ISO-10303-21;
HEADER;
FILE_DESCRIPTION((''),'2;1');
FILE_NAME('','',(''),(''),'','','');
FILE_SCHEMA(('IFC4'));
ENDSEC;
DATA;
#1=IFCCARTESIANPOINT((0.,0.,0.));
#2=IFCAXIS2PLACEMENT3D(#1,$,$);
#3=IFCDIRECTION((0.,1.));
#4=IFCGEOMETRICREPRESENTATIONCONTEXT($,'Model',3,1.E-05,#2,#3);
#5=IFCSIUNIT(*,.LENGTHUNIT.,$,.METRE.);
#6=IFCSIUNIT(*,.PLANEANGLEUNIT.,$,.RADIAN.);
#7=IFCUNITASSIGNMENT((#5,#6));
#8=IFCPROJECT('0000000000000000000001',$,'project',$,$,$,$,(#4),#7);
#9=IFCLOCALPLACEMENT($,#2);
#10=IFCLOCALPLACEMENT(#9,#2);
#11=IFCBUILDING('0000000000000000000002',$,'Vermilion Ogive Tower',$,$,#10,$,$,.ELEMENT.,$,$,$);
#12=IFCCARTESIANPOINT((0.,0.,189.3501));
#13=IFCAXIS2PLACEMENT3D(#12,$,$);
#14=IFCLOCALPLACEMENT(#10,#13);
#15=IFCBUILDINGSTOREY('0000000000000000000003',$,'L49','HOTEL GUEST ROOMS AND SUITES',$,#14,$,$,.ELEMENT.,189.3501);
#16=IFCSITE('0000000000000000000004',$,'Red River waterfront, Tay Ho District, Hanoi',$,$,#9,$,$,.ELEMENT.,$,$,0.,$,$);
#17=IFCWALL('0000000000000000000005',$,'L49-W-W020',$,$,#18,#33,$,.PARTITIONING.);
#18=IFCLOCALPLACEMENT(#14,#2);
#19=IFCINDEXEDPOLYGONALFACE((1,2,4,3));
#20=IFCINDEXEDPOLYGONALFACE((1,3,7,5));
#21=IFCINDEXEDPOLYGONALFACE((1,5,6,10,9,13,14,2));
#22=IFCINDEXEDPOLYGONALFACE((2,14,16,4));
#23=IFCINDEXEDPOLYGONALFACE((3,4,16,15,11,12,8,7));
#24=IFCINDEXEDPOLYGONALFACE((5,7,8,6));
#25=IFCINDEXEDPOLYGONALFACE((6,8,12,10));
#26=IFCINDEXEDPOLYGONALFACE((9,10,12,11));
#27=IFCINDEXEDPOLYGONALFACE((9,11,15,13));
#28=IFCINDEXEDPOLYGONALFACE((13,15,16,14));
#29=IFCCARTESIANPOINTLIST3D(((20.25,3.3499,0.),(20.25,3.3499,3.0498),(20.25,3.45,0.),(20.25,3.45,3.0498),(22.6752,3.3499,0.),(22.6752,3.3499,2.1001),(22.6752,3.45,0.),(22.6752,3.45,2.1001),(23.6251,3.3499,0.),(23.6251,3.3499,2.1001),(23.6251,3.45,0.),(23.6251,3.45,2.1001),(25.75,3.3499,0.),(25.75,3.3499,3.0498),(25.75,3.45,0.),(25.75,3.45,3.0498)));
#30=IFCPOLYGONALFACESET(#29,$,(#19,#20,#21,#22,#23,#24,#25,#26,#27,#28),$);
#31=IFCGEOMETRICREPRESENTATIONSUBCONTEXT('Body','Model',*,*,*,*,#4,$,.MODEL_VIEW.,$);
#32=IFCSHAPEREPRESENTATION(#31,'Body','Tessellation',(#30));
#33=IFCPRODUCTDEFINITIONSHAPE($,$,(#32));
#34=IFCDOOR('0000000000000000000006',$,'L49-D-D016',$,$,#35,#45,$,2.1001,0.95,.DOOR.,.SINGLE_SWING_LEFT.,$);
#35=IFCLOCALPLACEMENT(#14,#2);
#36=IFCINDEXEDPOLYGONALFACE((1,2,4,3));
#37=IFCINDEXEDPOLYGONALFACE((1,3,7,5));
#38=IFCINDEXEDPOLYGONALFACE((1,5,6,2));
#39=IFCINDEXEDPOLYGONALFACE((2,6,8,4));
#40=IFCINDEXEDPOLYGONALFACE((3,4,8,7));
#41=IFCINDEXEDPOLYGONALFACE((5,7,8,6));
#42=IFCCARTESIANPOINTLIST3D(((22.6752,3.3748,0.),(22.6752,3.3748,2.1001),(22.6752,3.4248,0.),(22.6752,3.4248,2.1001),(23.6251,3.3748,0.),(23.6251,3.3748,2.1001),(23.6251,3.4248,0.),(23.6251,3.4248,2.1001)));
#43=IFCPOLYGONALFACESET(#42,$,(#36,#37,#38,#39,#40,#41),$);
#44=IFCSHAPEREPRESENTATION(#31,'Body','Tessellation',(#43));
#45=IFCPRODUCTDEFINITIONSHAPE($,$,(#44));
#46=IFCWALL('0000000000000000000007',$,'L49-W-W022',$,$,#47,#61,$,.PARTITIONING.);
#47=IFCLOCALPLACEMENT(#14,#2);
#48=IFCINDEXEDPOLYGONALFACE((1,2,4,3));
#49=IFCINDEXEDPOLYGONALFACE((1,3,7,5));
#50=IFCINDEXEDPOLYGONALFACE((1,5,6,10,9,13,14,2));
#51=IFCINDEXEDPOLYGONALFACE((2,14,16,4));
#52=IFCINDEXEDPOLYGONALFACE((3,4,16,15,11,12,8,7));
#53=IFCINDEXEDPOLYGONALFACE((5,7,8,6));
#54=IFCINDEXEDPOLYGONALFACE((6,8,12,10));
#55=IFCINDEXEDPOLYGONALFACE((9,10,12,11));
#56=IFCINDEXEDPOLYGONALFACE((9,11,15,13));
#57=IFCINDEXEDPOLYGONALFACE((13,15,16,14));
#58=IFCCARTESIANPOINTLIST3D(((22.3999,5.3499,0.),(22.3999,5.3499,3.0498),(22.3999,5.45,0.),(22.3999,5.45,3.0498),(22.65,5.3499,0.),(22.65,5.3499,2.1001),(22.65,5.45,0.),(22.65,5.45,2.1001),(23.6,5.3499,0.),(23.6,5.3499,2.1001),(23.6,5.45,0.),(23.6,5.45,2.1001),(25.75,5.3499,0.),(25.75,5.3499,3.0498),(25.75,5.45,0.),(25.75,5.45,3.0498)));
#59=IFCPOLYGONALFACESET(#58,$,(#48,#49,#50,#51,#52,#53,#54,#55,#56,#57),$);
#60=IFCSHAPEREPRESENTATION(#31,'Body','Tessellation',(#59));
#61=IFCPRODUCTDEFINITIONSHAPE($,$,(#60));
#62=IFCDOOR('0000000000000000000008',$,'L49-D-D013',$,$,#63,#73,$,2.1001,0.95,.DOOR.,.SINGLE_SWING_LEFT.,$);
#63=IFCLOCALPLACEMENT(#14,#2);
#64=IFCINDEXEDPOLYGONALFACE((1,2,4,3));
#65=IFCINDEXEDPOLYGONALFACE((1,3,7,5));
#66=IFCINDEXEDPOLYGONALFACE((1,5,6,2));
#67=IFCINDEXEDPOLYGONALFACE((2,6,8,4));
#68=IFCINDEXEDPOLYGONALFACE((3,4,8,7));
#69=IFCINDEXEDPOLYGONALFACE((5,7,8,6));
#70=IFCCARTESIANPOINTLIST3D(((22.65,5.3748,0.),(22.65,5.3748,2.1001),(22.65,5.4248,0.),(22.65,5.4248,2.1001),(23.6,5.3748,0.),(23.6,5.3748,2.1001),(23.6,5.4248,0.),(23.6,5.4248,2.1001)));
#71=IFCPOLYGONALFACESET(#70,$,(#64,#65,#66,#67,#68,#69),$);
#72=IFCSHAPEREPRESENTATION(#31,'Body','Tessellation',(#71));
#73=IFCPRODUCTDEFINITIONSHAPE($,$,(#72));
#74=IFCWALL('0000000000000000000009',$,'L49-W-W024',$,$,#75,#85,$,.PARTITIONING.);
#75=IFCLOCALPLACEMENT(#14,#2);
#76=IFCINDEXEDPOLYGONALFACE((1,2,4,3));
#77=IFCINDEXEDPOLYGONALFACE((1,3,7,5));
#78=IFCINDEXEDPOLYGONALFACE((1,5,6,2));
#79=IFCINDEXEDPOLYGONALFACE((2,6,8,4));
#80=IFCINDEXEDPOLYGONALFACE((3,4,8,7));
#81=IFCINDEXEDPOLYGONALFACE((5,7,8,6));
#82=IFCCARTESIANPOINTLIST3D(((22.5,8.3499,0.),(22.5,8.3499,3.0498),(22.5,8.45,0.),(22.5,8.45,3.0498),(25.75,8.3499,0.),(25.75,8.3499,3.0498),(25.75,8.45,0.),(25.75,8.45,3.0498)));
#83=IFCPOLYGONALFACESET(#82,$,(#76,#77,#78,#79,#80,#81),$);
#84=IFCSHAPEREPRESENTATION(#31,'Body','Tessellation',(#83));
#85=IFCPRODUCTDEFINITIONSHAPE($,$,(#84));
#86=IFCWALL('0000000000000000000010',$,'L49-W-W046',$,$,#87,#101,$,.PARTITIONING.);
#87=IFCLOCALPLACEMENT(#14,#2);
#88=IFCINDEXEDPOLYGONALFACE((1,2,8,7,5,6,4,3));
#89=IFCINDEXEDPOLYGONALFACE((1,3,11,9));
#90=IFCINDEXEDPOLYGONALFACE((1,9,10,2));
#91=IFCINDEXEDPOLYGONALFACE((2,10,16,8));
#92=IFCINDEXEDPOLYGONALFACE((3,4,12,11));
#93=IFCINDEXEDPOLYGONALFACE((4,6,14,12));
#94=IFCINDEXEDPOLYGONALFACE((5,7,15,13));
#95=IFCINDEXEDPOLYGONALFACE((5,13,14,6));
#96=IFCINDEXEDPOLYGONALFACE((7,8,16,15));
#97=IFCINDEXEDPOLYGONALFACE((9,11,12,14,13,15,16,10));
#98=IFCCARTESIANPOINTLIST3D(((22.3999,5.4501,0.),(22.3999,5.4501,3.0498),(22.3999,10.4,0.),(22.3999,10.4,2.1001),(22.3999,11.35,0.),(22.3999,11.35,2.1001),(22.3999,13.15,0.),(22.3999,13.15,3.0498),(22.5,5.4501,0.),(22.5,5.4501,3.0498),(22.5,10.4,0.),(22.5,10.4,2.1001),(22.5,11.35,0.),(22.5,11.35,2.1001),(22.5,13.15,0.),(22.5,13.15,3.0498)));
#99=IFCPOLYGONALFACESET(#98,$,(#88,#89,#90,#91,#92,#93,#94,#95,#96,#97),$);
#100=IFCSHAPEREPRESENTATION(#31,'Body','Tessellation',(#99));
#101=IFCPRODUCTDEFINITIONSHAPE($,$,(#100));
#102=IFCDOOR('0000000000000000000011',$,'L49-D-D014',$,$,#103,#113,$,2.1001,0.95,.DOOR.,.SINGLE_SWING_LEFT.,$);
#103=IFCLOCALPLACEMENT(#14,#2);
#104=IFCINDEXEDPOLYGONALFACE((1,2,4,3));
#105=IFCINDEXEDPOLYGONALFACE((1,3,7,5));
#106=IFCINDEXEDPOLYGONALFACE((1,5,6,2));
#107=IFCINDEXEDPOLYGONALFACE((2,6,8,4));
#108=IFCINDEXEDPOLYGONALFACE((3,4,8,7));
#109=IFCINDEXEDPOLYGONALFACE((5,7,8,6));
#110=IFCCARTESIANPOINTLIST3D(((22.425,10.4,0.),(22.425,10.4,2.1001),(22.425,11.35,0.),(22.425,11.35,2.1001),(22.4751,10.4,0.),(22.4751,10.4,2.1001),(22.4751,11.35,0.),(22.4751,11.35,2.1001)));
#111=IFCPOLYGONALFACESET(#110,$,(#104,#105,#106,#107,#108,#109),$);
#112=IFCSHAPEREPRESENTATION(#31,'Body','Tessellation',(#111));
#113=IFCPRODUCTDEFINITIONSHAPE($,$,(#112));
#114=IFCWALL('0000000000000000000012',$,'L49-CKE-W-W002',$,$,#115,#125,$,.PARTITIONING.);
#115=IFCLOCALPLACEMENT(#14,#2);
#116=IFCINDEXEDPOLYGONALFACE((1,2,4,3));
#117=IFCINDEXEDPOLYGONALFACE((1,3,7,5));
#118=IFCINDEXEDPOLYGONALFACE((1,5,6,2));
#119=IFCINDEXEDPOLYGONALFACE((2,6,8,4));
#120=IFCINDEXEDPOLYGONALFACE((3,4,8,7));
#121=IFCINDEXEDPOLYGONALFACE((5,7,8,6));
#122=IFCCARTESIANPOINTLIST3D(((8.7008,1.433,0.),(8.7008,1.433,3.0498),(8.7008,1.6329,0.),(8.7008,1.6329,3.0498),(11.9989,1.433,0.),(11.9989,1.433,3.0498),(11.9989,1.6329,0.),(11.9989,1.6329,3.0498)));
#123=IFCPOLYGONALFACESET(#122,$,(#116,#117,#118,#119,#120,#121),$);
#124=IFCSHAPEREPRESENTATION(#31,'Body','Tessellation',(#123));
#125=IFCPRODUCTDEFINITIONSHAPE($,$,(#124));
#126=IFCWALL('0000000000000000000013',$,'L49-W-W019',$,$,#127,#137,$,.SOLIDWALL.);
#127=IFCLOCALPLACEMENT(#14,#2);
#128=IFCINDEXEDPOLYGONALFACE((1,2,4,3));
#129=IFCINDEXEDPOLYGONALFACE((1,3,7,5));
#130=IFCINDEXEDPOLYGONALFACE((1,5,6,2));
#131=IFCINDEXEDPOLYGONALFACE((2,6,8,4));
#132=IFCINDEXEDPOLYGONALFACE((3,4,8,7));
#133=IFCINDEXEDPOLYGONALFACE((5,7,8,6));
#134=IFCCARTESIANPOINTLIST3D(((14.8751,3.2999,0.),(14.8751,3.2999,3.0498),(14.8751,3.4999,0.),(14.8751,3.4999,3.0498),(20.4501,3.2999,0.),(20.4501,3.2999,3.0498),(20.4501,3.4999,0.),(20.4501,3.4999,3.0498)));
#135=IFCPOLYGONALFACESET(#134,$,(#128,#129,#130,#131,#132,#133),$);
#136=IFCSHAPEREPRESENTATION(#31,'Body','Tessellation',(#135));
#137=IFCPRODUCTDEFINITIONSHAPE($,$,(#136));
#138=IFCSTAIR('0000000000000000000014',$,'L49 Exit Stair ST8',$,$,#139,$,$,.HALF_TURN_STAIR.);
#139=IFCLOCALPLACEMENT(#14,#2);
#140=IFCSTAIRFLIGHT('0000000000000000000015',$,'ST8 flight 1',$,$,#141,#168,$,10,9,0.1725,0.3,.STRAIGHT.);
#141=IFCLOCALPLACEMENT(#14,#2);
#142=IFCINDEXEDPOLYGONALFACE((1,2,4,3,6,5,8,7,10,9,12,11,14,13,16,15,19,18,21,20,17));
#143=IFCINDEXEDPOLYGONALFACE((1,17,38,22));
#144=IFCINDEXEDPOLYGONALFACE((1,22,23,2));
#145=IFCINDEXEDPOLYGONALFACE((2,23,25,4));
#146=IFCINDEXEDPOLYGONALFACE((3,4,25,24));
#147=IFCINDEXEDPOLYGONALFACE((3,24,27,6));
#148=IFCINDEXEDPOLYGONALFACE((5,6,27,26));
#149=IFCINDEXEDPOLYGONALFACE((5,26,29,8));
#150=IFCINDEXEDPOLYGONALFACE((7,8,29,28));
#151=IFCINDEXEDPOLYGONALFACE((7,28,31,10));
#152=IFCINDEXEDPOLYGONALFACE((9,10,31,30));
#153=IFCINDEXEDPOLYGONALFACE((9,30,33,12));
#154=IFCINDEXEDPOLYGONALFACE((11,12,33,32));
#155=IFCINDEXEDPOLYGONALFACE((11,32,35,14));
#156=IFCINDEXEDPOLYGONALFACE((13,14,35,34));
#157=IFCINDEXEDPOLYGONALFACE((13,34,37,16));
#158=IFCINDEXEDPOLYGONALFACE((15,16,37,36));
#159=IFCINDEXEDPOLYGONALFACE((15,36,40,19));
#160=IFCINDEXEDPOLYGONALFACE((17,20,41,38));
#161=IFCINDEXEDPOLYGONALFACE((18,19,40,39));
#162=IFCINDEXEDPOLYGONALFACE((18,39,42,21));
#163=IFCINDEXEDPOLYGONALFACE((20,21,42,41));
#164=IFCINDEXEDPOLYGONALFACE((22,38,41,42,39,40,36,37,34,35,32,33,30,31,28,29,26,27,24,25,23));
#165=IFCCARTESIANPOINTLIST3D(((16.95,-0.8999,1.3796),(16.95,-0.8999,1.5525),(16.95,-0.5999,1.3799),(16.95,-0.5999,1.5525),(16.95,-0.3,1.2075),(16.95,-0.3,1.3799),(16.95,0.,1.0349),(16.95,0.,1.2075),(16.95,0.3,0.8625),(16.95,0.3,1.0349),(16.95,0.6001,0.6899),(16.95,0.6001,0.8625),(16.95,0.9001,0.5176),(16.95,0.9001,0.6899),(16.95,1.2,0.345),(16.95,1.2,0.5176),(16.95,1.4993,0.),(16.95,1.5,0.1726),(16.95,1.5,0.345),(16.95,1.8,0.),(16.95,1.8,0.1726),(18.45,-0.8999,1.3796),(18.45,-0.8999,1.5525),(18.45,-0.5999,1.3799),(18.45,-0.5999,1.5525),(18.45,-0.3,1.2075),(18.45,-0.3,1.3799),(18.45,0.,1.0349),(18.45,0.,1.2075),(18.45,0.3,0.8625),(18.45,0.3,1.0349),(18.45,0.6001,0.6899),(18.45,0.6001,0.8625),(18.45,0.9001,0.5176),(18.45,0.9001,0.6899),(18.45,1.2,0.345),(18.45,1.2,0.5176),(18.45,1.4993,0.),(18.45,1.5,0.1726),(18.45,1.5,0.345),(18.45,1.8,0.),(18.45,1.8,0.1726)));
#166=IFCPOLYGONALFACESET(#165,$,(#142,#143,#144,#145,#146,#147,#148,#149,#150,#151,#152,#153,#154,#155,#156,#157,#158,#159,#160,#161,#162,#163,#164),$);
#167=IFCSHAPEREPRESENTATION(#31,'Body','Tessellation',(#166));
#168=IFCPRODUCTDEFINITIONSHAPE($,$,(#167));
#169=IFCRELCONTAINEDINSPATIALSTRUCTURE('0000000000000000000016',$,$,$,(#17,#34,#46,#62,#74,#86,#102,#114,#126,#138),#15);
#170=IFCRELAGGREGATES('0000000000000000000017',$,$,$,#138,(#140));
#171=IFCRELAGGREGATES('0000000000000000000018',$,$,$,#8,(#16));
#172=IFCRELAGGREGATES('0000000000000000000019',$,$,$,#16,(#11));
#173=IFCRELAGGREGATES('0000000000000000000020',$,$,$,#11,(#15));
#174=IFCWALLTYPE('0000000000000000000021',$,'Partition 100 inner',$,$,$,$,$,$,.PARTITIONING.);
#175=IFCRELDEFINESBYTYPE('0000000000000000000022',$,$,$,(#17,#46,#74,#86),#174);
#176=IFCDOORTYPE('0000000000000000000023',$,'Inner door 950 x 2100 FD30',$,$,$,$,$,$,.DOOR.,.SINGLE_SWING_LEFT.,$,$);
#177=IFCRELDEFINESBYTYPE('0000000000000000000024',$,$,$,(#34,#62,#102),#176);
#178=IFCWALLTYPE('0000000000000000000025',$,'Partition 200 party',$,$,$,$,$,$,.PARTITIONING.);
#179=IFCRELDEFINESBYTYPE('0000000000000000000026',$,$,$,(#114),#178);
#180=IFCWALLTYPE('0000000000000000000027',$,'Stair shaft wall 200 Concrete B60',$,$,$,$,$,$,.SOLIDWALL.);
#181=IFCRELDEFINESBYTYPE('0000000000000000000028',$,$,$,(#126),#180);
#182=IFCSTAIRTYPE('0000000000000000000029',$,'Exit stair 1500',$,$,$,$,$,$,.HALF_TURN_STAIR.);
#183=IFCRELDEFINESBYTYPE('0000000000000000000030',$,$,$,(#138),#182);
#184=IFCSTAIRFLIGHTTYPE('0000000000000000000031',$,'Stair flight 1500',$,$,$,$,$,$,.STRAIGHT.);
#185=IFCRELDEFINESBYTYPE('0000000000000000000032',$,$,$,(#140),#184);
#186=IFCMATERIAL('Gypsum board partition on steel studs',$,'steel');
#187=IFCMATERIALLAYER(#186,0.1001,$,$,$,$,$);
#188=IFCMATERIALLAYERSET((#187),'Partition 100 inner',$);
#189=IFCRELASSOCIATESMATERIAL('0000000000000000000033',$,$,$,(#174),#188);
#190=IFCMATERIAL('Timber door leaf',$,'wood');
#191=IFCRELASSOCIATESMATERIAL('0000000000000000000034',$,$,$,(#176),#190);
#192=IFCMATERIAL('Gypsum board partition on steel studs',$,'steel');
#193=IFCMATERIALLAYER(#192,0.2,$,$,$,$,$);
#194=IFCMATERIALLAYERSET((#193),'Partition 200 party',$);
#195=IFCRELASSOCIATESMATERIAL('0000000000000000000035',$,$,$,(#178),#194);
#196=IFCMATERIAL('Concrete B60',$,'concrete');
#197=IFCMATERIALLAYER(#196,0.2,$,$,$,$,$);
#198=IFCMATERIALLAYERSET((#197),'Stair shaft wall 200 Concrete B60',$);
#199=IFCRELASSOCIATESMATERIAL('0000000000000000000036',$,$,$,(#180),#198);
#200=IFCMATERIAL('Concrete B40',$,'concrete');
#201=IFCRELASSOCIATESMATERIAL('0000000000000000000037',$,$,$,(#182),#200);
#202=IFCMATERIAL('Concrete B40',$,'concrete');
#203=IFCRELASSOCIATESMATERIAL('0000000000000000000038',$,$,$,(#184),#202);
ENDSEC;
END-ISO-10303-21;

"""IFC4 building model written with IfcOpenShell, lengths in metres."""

from ifc_helpers import new_model, si_unit, direction, frame, frame_2d, origin, place, context, subcontext, project, spatial, polyline, rectangle, outline, extrude, material, layer, layer_set, type_object, element, fill, aggregate, save


model = new_model("IFC4")

# Units and contexts
model_context = context("Model", 3, precision=1e-05, world=origin(), true_north=direction((0.0, 1.0)))
body_context = subcontext(model_context, "Body", "Model", "MODEL_VIEW")
ifc_project = project(units=[si_unit("LENGTHUNIT", "METRE"), si_unit("PLANEANGLEUNIT", "RADIAN")], contexts=[model_context])

# Site, building, storey
site_placement = place(None, origin())
site = spatial("IfcSite", under=ifc_project, at=site_placement, Name="Red River waterfront, Tay Ho District, Hanoi", CompositionType="ELEMENT", RefElevation=0.0)
building_placement = place(site_placement, origin())
building = spatial("IfcBuilding", under=site, at=building_placement, Name="Vermilion Ogive Tower", CompositionType="ELEMENT")
storey_placement = place(building_placement, frame((0.0, 0.0, 189.3501)))
storey = spatial("IfcBuildingStorey", under=building, at=storey_placement, Name="L49", Description="HOTEL GUEST ROOMS AND SUITES", CompositionType="ELEMENT", Elevation=189.3501)

# Walls, openings, doors
ifc_material_1 = material(Name="Gypsum board partition on steel studs", Category="steel")
ifc_layer_1 = layer(ifc_material_1, 0.1001)
ifc_layer_set_1 = layer_set([ifc_layer_1], Name="Partition 100 inner")
wall_type_1 = type_object("IfcWallType", Name="Partition 100 inner", PredefinedType="PARTITIONING", material=ifc_layer_set_1)
wall_1_placement = place(storey_placement, frame((20.25, 3.3999, 0.0), z_axis=(0.0, 0.0, 1.0), x_axis=(1.0, 0.0, 0.0)))
wall_1 = element("IfcWall", 1, at=wall_1_placement, inside=storey, type_object=wall_type_1, Name="L49-W-W020", PredefinedType="PARTITIONING", context=body_context, shape_type="SweptSolid", body=[
    extrude(rectangle(XDim=5.5, YDim=0.1001, at=frame_2d((2.75, 0.0))), origin(), (0.0, 0.0, 1.0), 3.0498),
])
opening_1_placement = place(wall_1_placement, frame((2.425, 0.0, 0.0)))
opening_1 = element("IfcOpeningElement", 2, at=opening_1_placement, cuts=wall_1, PredefinedType="OPENING", context=body_context, shape_type="SweptSolid", body=[
    extrude(rectangle(XDim=0.95, YDim=2.1001, at=frame_2d((0.4751, 1.05))), frame((0.0, 0.0601, 0.0), z_axis=(0.0, -1.0, 0.0), x_axis=(1.0, 0.0, 0.0)), (0.0, 0.0, 1.0), 0.1201),
])
ifc_material_2 = material(Name="Timber door leaf", Category="wood")
door_type = type_object("IfcDoorType", Name="Inner door 950 x 2100 FD30", OperationType="SINGLE_SWING_LEFT", PredefinedType="DOOR", material=ifc_material_2)
door_1_placement = place(opening_1_placement, origin())
door_1 = element("IfcDoor", 3, at=door_1_placement, inside=storey, type_object=door_type, Name="L49-D-D016", OperationType="SINGLE_SWING_LEFT", OverallHeight=2.1001, OverallWidth=0.95, PredefinedType="DOOR", context=body_context, shape_type="SweptSolid", body=[
    extrude(rectangle(XDim=0.95, YDim=2.1001, at=frame_2d((0.4751, 1.05))), frame((0.0, 0.0249, 0.0), z_axis=(0.0, -1.0, 0.0), x_axis=(1.0, 0.0, 0.0)), (0.0, 0.0, 1.0), 0.05),
])
fill(opening_1, door_1)
wall_2_placement = place(storey_placement, frame((22.3999, 5.3999, 0.0), z_axis=(0.0, 0.0, 1.0), x_axis=(1.0, 0.0, 0.0)))
wall_2 = element("IfcWall", 4, at=wall_2_placement, inside=storey, type_object=wall_type_1, Name="L49-W-W022", PredefinedType="PARTITIONING", context=body_context, shape_type="SweptSolid", body=[
    extrude(rectangle(XDim=3.3501, YDim=0.1001, at=frame_2d((1.675, 0.0))), origin(), (0.0, 0.0, 1.0), 3.0498),
])
opening_2_placement = place(wall_2_placement, frame((0.25, 0.0, 0.0)))
opening_2 = element("IfcOpeningElement", 5, at=opening_2_placement, cuts=wall_2, PredefinedType="OPENING", context=body_context, shape_type="SweptSolid", body=[
    extrude(rectangle(XDim=0.95, YDim=2.1001, at=frame_2d((0.4751, 1.05))), frame((0.0, 0.0601, 0.0), z_axis=(0.0, -1.0, 0.0), x_axis=(1.0, 0.0, 0.0)), (0.0, 0.0, 1.0), 0.1201),
])
door_2_placement = place(opening_2_placement, origin())
door_2 = element("IfcDoor", 6, at=door_2_placement, inside=storey, type_object=door_type, Name="L49-D-D013", OperationType="SINGLE_SWING_LEFT", OverallHeight=2.1001, OverallWidth=0.95, PredefinedType="DOOR", context=body_context, shape_type="SweptSolid", body=[
    extrude(rectangle(XDim=0.95, YDim=2.1001, at=frame_2d((0.4751, 1.05))), frame((0.0, 0.0249, 0.0), z_axis=(0.0, -1.0, 0.0), x_axis=(1.0, 0.0, 0.0)), (0.0, 0.0, 1.0), 0.05),
])
fill(opening_2, door_2)

# Wall
wall_3_placement = place(storey_placement, frame((22.5, 8.3999, 0.0), z_axis=(0.0, 0.0, 1.0), x_axis=(1.0, 0.0, 0.0)))
element("IfcWall", 7, at=wall_3_placement, inside=storey, type_object=wall_type_1, Name="L49-W-W024", PredefinedType="PARTITIONING", context=body_context, shape_type="SweptSolid", body=[
    extrude(rectangle(XDim=3.25, YDim=0.1001, at=frame_2d((1.625, 0.0))), origin(), (0.0, 0.0, 1.0), 3.0498),
])

# Wall, opening, door
wall_4_placement = place(storey_placement, frame((22.45, 5.45, 0.0), z_axis=(0.0, 0.0, 1.0), x_axis=(0.0, 1.0, 0.0)))
wall_4 = element("IfcWall", 8, at=wall_4_placement, inside=storey, type_object=wall_type_1, Name="L49-W-W046", PredefinedType="PARTITIONING", context=body_context, shape_type="SweptSolid", body=[
    extrude(rectangle(XDim=7.7, YDim=0.1001, at=frame_2d((3.8501, 0.0))), origin(), (0.0, 0.0, 1.0), 3.0498),
])
opening_3_placement = place(wall_4_placement, frame((4.95, 0.0, 0.0)))
opening_3 = element("IfcOpeningElement", 9, at=opening_3_placement, cuts=wall_4, PredefinedType="OPENING", context=body_context, shape_type="SweptSolid", body=[
    extrude(rectangle(XDim=0.95, YDim=2.1001, at=frame_2d((0.4751, 1.05))), frame((0.0, 0.0601, 0.0), z_axis=(0.0, -1.0, 0.0), x_axis=(1.0, 0.0, 0.0)), (0.0, 0.0, 1.0), 0.1201),
])
door_3_placement = place(opening_3_placement, origin())
door_3 = element("IfcDoor", 10, at=door_3_placement, inside=storey, type_object=door_type, Name="L49-D-D014", OperationType="SINGLE_SWING_LEFT", OverallHeight=2.1001, OverallWidth=0.95, PredefinedType="DOOR", context=body_context, shape_type="SweptSolid", body=[
    extrude(rectangle(XDim=0.95, YDim=2.1001, at=frame_2d((0.4751, 1.05))), frame((0.0, 0.0249, 0.0), z_axis=(0.0, -1.0, 0.0), x_axis=(1.0, 0.0, 0.0)), (0.0, 0.0, 1.0), 0.05),
])
fill(opening_3, door_3)

# Walls
ifc_material_3 = material(Name="Gypsum board partition on steel studs", Category="steel")
ifc_layer_2 = layer(ifc_material_3, 0.2)
ifc_layer_set_2 = layer_set([ifc_layer_2], Name="Partition 200 party")
wall_type_2 = type_object("IfcWallType", Name="Partition 200 party", PredefinedType="PARTITIONING", material=ifc_layer_set_2)
wall_5_placement = place(storey_placement, frame((8.7009, 1.533, 0.0), z_axis=(0.0, 0.0, 1.0), x_axis=(1.0, 0.0, 0.0)))
element("IfcWall", 11, at=wall_5_placement, inside=storey, type_object=wall_type_2, Name="L49-CKE-W-W002", PredefinedType="PARTITIONING", context=body_context, shape_type="SweptSolid", body=[
    extrude(rectangle(XDim=3.2981, YDim=0.2, at=frame_2d((1.6489, 0.0))), origin(), (0.0, 0.0, 1.0), 3.0498),
])
ifc_material_4 = material(Name="Concrete B60", Category="concrete")
ifc_layer_3 = layer(ifc_material_4, 0.2)
ifc_layer_set_3 = layer_set([ifc_layer_3], Name="Stair shaft wall 200 Concrete B60")
wall_type_3 = type_object("IfcWallType", Name="Stair shaft wall 200 Concrete B60", PredefinedType="SOLIDWALL", material=ifc_layer_set_3)
wall_6_placement = place(storey_placement, frame((14.875, 3.3999, 0.0), z_axis=(0.0, 0.0, 1.0), x_axis=(1.0, 0.0, 0.0)))
element("IfcWall", 12, at=wall_6_placement, inside=storey, type_object=wall_type_3, Name="L49-W-W019", PredefinedType="SOLIDWALL", context=body_context, shape_type="SweptSolid", body=[
    extrude(rectangle(XDim=5.575, YDim=0.2, at=frame_2d((2.7876, 0.0))), origin(), (0.0, 0.0, 1.0), 3.0498),
])

# Stair, stair flight
ifc_material_5 = material(Name="Concrete B40", Category="concrete")
stair_type = type_object("IfcStairType", Name="Exit stair 1500", PredefinedType="HALF_TURN_STAIR", material=ifc_material_5)
stair_placement = place(storey_placement, origin())
stair = element("IfcStair", 13, at=stair_placement, inside=storey, type_object=stair_type, Name="L49 Exit Stair ST8", PredefinedType="HALF_TURN_STAIR")
ifc_material_6 = material(Name="Concrete B40", Category="concrete")
stair_flight_type = type_object("IfcStairFlightType", Name="Stair flight 1500", PredefinedType="STRAIGHT", material=ifc_material_6)
stair_flight_placement = place(storey_placement, frame((17.7, 1.8, 0.0), z_axis=(0.0, 0.0, 1.0), x_axis=(0.0, -1.0, 0.0)))
stair_flight = element("IfcStairFlight", 14, at=stair_flight_placement, type_object=stair_flight_type, Name="ST8 flight 1", NumberOfRisers=10, NumberOfTreads=9, PredefinedType="STRAIGHT", RiserHeight=0.1725, TreadLength=0.3, context=body_context, shape_type="SweptSolid", body=[
    extrude(outline(polyline([(0.0, 0.0), (0.0, 0.1726), (0.3, 0.1726), (0.3, 0.345), (0.6001, 0.345), (0.6001, 0.5176), (0.8999, 0.5176), (0.8999, 0.6899), (1.2, 0.6899), (1.2, 0.8625), (1.5, 0.8625), (1.5, 1.0349), (1.8, 1.0349), (1.8, 1.2075), (2.1001, 1.2075), (2.1001, 1.3799), (2.3999, 1.3799), (2.3999, 1.5525), (2.7, 1.5525), (2.7, 1.7251), (2.7, 1.3796), (0.3008, 0.0), (0.0, 0.0)])), frame((0.0, 0.75, 0.0), z_axis=(0.0, -1.0, 0.0), x_axis=(1.0, 0.0, 0.0)), (0.0, 0.0, 1.0), 1.5),
])
aggregate(stair, [stair_flight])

save(model, "model.ifc")
